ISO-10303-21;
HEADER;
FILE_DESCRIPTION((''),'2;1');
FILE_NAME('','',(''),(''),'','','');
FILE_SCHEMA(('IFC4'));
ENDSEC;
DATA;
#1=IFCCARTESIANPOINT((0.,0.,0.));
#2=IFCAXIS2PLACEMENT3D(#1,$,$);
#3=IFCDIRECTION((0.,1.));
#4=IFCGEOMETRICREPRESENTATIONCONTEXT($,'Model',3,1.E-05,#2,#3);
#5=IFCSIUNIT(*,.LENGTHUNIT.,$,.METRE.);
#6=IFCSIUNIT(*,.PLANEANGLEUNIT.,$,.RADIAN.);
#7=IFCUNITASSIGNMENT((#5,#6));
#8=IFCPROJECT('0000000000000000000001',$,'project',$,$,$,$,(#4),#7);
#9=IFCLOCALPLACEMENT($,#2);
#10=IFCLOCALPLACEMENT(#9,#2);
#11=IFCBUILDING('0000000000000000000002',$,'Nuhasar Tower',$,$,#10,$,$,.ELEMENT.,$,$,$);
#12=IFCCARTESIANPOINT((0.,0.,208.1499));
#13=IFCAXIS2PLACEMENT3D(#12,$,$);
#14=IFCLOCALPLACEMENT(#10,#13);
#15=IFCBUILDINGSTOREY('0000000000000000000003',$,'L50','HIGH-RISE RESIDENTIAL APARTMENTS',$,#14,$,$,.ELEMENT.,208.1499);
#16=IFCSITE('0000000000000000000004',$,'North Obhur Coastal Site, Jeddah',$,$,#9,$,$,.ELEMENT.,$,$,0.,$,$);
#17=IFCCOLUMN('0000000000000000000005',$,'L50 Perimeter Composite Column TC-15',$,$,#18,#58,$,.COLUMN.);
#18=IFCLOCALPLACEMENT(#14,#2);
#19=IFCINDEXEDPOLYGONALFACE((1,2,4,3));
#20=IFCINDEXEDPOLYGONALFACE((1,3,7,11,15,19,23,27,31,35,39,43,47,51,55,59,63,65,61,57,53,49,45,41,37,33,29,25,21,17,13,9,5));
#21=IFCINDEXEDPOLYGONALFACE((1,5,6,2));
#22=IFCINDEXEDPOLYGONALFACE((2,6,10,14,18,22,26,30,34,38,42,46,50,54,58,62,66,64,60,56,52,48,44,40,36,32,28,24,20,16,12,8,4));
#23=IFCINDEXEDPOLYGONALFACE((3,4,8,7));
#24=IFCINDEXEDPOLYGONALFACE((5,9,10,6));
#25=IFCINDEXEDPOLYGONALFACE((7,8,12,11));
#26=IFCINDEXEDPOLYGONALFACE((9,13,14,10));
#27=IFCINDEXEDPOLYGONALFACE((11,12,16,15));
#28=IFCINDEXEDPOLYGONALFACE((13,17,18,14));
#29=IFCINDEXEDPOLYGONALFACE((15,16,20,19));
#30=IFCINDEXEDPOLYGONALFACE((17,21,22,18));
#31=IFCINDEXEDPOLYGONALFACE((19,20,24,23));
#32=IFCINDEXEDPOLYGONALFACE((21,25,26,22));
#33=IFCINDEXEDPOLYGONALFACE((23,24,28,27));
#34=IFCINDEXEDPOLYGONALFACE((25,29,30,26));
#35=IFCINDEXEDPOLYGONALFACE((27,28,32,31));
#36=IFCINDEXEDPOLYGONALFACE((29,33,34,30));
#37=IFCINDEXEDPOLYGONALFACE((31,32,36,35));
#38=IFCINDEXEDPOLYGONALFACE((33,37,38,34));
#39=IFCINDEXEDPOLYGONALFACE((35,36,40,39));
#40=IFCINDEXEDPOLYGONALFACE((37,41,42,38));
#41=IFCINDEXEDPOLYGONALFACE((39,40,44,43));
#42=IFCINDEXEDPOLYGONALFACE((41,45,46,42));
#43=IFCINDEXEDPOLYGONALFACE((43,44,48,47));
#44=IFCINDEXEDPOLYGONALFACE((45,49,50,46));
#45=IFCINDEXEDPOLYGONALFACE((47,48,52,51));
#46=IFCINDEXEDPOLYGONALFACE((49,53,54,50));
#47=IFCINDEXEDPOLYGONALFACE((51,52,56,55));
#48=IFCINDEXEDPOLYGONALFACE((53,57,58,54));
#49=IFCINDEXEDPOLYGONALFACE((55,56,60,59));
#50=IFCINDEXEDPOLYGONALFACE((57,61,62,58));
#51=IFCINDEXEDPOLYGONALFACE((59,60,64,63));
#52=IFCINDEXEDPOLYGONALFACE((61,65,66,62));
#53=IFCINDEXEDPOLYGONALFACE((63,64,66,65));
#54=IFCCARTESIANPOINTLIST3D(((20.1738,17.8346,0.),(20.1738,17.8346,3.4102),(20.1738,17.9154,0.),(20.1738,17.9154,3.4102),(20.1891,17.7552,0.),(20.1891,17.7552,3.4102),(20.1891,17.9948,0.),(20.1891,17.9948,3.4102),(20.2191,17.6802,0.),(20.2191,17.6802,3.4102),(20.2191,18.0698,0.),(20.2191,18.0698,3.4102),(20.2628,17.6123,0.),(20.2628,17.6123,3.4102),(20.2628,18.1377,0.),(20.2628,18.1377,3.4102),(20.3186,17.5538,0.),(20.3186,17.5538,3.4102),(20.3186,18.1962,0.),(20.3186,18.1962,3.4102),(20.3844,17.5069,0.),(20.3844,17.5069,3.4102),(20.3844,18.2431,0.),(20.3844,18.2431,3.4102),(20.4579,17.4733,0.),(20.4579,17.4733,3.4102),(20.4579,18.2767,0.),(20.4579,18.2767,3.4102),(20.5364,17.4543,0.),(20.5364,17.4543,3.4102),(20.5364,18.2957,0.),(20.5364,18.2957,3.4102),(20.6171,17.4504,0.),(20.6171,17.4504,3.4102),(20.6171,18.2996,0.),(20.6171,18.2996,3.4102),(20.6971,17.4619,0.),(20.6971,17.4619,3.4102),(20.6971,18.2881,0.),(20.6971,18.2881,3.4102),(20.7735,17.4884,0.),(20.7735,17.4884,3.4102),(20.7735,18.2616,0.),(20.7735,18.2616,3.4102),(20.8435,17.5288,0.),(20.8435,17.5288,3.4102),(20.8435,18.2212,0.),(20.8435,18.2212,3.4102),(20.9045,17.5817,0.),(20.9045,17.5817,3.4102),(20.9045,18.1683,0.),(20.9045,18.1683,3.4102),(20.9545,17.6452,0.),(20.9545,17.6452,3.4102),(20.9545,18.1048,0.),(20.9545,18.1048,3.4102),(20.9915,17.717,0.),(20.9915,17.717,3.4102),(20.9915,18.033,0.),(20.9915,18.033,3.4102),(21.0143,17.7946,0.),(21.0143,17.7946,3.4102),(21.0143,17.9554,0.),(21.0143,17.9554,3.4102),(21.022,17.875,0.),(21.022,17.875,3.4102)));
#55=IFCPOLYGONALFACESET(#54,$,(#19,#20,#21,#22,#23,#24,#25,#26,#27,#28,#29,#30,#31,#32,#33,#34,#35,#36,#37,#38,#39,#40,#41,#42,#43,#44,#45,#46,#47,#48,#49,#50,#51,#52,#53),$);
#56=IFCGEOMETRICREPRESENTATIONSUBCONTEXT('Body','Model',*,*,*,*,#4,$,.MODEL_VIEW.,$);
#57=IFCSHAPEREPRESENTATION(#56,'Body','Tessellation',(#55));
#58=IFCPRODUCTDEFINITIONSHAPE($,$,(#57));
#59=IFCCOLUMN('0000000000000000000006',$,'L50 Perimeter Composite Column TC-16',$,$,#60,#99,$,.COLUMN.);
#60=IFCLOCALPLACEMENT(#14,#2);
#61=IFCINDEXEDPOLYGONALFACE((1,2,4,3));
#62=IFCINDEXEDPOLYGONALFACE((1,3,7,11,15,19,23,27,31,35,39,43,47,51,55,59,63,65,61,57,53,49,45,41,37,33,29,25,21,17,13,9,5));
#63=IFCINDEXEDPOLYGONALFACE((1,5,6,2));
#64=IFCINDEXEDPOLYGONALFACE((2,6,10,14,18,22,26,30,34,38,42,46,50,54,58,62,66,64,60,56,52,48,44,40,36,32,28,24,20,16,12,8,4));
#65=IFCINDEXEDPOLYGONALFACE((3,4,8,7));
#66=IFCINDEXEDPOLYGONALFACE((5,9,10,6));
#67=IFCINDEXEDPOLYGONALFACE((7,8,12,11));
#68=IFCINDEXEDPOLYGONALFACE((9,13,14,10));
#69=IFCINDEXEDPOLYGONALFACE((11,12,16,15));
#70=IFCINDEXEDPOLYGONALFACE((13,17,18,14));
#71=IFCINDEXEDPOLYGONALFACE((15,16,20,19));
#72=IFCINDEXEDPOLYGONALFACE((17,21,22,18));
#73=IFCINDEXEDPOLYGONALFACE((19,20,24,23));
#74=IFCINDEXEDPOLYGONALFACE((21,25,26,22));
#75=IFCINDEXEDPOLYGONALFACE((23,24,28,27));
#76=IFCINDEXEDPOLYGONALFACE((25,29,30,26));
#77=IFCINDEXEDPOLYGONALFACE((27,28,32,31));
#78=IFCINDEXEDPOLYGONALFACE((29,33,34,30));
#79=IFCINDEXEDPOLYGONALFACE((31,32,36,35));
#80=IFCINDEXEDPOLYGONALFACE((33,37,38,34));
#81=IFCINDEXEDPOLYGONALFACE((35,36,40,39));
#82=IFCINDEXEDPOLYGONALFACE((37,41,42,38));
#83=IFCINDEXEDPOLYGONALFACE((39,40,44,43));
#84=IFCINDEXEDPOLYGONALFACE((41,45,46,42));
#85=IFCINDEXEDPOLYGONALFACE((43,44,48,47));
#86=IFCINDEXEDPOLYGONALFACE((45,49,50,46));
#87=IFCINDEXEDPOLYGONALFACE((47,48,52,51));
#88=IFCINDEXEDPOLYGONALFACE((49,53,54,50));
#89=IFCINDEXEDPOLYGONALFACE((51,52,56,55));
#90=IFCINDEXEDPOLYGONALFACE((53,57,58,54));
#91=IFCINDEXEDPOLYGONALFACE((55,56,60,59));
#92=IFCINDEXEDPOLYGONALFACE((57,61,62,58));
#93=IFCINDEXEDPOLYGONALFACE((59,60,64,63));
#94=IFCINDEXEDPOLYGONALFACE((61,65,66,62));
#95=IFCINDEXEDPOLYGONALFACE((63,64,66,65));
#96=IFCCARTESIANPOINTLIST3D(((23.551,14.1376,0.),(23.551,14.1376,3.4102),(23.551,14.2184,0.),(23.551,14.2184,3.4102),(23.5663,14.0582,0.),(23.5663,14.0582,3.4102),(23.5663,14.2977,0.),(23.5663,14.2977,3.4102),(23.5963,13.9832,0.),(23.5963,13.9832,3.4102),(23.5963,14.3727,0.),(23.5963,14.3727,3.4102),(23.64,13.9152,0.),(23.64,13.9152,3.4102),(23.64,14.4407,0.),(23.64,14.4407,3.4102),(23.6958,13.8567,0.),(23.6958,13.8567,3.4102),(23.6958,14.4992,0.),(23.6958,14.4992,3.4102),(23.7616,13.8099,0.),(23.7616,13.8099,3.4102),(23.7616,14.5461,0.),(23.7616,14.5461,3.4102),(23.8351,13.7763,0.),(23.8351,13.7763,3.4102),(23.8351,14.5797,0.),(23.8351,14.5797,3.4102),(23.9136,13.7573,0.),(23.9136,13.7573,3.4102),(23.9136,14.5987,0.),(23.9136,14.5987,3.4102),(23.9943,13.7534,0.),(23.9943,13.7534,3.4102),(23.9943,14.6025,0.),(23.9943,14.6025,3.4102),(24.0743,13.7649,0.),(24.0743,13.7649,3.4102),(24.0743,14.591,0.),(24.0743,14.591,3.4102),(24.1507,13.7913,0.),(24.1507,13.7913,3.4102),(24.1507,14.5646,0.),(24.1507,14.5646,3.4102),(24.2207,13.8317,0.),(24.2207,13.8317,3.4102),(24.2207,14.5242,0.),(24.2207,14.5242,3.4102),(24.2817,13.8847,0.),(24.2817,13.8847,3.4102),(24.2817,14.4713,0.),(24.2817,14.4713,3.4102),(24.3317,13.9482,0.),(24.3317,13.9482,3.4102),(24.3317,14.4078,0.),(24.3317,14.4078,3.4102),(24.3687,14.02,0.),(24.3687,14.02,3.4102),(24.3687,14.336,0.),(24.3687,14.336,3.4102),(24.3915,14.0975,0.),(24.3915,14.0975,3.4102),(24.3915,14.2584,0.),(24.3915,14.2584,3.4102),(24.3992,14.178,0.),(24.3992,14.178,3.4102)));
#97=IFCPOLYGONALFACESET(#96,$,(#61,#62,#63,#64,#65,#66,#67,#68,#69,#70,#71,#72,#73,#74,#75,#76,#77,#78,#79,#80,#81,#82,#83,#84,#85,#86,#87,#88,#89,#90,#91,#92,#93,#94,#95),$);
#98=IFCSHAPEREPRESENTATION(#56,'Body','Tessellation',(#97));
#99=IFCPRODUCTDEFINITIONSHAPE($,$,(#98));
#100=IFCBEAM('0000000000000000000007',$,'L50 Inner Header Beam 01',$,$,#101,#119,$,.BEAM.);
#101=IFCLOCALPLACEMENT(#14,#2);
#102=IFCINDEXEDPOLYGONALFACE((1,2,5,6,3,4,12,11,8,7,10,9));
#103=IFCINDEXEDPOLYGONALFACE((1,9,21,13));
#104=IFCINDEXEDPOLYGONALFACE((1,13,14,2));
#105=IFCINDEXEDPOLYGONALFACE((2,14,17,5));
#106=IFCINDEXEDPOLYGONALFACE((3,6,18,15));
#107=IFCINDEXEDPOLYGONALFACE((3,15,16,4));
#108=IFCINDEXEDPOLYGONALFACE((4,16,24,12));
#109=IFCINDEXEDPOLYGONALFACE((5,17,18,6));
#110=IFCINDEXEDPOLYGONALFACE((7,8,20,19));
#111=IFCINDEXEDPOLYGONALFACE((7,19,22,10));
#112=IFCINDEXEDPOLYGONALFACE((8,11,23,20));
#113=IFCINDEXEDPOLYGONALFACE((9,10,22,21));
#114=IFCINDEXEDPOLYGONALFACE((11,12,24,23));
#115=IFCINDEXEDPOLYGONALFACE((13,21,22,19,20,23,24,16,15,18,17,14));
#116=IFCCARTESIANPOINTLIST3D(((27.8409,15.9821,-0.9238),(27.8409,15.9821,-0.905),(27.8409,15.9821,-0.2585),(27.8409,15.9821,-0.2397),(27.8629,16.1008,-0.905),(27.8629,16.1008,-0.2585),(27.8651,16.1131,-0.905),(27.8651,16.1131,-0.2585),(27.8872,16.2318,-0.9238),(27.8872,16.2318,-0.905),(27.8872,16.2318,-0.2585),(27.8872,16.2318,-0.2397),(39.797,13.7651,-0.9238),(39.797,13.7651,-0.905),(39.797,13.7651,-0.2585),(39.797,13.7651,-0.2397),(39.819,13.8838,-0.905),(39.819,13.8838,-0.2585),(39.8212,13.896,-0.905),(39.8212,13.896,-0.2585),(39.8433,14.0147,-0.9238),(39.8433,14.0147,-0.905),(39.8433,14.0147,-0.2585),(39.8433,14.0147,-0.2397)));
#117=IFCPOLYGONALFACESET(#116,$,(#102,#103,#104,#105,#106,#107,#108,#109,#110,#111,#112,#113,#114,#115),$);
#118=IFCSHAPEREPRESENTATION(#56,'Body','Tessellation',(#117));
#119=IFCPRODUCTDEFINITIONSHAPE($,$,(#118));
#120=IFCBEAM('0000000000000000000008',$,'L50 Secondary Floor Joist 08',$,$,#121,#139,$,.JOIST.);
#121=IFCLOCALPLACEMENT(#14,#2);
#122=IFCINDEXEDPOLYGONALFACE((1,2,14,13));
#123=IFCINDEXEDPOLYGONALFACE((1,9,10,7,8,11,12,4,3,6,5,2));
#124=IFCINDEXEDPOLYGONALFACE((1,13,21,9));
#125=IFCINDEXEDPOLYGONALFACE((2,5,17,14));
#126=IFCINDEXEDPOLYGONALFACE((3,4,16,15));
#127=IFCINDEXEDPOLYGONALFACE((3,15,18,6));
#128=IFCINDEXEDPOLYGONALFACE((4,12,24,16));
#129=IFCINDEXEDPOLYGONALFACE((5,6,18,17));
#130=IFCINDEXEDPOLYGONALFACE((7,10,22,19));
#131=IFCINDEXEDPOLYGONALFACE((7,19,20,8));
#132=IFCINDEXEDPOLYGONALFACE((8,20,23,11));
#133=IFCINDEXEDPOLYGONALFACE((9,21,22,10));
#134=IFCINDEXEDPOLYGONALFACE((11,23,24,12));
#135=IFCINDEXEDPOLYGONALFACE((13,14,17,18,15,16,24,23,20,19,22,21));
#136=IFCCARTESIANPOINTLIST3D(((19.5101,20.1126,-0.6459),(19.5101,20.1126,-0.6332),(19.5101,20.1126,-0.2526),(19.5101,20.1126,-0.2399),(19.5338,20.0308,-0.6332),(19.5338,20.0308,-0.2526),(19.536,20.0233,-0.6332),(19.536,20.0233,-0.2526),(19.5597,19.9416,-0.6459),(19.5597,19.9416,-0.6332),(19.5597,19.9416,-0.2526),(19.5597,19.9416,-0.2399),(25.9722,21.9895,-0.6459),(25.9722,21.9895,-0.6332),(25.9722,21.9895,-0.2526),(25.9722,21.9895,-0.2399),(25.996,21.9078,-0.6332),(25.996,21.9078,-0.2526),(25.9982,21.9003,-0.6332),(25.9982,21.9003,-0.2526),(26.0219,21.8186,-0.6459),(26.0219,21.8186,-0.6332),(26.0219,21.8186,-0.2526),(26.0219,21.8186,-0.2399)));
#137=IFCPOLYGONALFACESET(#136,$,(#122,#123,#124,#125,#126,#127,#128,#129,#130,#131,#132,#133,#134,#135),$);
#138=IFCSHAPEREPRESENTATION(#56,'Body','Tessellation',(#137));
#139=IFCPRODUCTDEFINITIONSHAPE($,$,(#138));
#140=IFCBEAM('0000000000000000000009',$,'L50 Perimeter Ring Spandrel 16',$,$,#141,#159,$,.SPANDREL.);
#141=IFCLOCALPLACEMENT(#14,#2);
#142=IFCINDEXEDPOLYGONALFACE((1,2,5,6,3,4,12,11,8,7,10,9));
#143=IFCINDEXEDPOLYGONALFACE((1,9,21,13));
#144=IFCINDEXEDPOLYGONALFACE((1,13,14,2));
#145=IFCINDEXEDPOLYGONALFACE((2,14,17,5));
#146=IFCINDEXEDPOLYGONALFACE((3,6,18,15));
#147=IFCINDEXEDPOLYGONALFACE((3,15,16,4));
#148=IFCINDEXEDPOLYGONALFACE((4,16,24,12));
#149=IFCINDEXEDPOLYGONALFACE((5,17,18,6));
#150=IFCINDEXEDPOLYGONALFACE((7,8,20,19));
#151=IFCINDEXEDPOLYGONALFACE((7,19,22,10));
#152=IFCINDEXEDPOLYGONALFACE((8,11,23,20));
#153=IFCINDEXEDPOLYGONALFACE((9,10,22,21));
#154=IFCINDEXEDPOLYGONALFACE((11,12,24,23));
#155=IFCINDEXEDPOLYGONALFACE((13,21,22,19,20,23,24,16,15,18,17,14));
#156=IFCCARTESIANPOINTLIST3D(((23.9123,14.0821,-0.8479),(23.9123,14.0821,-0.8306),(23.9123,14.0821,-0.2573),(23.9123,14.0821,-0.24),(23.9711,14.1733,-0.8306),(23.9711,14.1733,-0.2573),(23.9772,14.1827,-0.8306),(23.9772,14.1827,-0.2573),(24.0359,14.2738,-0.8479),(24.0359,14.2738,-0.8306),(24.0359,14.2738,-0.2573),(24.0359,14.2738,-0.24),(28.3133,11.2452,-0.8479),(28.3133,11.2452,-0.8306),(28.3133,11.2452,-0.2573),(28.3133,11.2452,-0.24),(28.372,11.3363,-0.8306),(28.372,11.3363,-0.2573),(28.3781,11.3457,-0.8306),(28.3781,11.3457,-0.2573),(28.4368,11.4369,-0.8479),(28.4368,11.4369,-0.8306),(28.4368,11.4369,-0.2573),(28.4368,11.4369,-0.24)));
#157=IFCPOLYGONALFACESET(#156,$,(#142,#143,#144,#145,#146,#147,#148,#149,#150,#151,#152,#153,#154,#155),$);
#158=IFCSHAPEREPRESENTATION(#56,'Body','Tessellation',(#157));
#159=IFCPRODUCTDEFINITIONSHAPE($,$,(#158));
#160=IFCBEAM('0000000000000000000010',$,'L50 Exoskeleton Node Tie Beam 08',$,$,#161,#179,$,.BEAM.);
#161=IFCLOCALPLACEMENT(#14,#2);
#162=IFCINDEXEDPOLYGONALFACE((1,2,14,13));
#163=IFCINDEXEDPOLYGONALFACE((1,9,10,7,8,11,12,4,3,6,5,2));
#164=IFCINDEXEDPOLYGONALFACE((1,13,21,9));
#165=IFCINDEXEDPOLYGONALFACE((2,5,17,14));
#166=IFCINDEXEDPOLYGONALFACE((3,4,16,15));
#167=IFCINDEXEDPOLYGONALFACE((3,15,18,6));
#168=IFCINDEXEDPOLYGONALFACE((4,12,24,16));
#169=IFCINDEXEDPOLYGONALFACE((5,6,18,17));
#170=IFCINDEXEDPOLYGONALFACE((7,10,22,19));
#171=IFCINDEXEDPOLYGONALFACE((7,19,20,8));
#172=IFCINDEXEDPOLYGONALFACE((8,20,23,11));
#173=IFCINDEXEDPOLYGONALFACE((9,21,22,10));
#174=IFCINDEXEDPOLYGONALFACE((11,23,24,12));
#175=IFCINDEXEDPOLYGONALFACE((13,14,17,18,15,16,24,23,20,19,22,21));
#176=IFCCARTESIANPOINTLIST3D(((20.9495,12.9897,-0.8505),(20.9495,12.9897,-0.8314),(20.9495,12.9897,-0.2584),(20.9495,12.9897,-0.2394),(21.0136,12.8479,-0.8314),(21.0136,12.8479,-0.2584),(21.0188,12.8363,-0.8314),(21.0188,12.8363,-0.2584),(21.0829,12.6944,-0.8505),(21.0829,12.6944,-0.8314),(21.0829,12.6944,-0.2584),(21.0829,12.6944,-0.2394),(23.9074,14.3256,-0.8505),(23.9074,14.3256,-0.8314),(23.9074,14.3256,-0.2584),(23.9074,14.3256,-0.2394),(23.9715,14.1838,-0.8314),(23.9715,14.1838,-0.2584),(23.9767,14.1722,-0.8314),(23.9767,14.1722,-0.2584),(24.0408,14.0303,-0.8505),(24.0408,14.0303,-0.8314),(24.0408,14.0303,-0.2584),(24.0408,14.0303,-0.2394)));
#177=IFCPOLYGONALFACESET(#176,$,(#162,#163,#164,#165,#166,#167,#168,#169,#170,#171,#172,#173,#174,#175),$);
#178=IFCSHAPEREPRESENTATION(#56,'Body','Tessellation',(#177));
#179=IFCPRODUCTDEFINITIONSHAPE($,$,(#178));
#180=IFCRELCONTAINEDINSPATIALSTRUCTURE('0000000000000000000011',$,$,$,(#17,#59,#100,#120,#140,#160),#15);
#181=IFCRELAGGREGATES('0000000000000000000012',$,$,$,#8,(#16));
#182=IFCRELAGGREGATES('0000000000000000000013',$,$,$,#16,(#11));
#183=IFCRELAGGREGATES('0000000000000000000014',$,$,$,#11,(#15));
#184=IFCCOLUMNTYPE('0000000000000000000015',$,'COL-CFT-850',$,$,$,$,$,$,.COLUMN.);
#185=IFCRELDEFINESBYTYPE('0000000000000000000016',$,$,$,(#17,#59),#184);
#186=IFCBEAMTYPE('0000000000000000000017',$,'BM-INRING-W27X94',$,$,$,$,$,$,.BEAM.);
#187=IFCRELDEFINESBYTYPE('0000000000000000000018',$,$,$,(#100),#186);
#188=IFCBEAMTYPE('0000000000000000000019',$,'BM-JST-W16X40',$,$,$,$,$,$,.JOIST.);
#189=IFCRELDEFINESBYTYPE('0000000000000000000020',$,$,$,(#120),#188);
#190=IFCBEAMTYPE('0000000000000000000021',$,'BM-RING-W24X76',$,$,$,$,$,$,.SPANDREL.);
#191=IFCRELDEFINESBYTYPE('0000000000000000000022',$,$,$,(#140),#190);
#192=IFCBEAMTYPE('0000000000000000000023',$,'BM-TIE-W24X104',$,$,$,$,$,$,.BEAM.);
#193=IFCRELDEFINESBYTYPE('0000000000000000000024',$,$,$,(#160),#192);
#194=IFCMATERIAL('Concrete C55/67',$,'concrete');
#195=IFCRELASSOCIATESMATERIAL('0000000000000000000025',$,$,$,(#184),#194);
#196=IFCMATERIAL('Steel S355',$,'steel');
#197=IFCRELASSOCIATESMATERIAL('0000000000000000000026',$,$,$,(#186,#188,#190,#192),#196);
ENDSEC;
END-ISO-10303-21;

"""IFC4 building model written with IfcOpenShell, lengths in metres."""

from ifc_helpers import new_model, si_unit, direction, frame, origin, origin_2d, place, context, subcontext, project, spatial, circle, i_section, extrude, material, material_profile, profile_set, type_object, element, save


model = new_model("IFC4")

# Units and contexts
model_context = context("Model", 3, precision=1e-05, world=origin(), true_north=direction((0.0, 1.0)))
body_context = subcontext(model_context, "Body", "Model", "MODEL_VIEW")
ifc_project = project(units=[si_unit("LENGTHUNIT", "METRE"), si_unit("PLANEANGLEUNIT", "RADIAN")], contexts=[model_context])

# Site, building, storey
site_placement = place(None, origin())
site = spatial("IfcSite", under=ifc_project, at=site_placement, Name="North Obhur Coastal Site, Jeddah", CompositionType="ELEMENT", RefElevation=0.0)
building_placement = place(site_placement, origin())
building = spatial("IfcBuilding", under=site, at=building_placement, Name="Nuhasar Tower", CompositionType="ELEMENT")
storey_placement = place(building_placement, frame((0.0, 0.0, 208.1499)))
storey = spatial("IfcBuildingStorey", under=building, at=storey_placement, Name="L50", Description="HIGH-RISE RESIDENTIAL APARTMENTS", CompositionType="ELEMENT", Elevation=208.1499)

# Columns
ifc_material_1 = material(Name="Concrete C55/67", Category="concrete")
ifc_material_profile_1 = material_profile(ifc_material_1, circle(Radius=0.425, at=origin_2d()), Name="CFT850")
ifc_profile_set_1 = profile_set([ifc_material_profile_1], Name="Concrete C55/67")
column_type = type_object("IfcColumnType", Name="COL-CFT-850", PredefinedType="COLUMN", material=ifc_profile_set_1)
for number, where, z_axis, x_axis, name in (
    (1, (20.5969, 17.875, 0.0), (0.0, 0.0, 1.0), (1.0, 0.0, 0.0), "L50 Perimeter Composite Column TC-15"),
    (2, (23.9741, 14.178, 0.0), (0.0, 0.0, 1.0), (1.0, 0.0, 0.0), "L50 Perimeter Composite Column TC-16"),
):
    element("IfcColumn", number, at=place(storey_placement, frame(where, z_axis=z_axis, x_axis=x_axis)), inside=storey, type_object=column_type, Name=name, PredefinedType="COLUMN", context=body_context, shape_type="SweptSolid", body=[
        extrude(circle(Radius=0.425, at=origin_2d()), origin(), (0.0, 0.0, 1.0), 3.4102),
    ])

# Beams
ifc_material_2 = material(Name="Steel S355", Category="steel")
ifc_material_profile_2 = material_profile(ifc_material_2, i_section(OverallWidth=0.2539, OverallDepth=0.6841, WebThickness=0.0125, FlangeThickness=0.0188, at=origin_2d()), Name="W27X94")
ifc_profile_set_2 = profile_set([ifc_material_profile_2], Name="Steel S355")
beam_type_1 = type_object("IfcBeamType", Name="BM-INRING-W27X94", PredefinedType="BEAM", material=ifc_profile_set_2)
beam_1_placement = place(storey_placement, frame((27.864, 16.1069, -0.5818), z_axis=(0.983238, -0.182324, 0.0), x_axis=(0.182324, 0.983238, 0.0)))
element("IfcBeam", 3, at=beam_1_placement, inside=storey, type_object=beam_type_1, Name="L50 Inner Header Beam 01", PredefinedType="BEAM", context=body_context, shape_type="SweptSolid", body=[
    extrude(i_section(OverallWidth=0.2539, OverallDepth=0.6841, WebThickness=0.0125, FlangeThickness=0.0188, at=origin_2d()), origin(), (0.0, 0.0, 1.0), 12.1599),
])
ifc_material_profile_3 = material_profile(ifc_material_2, i_section(OverallWidth=0.178, OverallDepth=0.406, WebThickness=0.0078, FlangeThickness=0.0127, at=origin_2d()), Name="W16X40")
ifc_profile_set_3 = profile_set([ifc_material_profile_3], Name="Steel S355")
beam_type_2 = type_object("IfcBeamType", Name="BM-JST-W16X40", PredefinedType="JOIST", material=ifc_profile_set_3)
beam_2_placement = place(storey_placement, frame((25.9971, 21.9041, -0.4429), z_axis=(-0.960313, -0.278926, 0.0), x_axis=(0.278926, -0.960313, 0.0)))
element("IfcBeam", 4, at=beam_2_placement, inside=storey, type_object=beam_type_2, Name="L50 Secondary Floor Joist 08", PredefinedType="JOIST", context=body_context, shape_type="SweptSolid", body=[
    extrude(i_section(OverallWidth=0.178, OverallDepth=0.406, WebThickness=0.0078, FlangeThickness=0.0127, at=origin_2d()), origin(), (0.0, 0.0, 1.0), 6.7292),
])
ifc_material_profile_4 = material_profile(ifc_material_2, i_section(OverallWidth=0.228, OverallDepth=0.6079, WebThickness=0.0112, FlangeThickness=0.0173, at=origin_2d()), Name="W24X76")
ifc_profile_set_4 = profile_set([ifc_material_profile_4], Name="Steel S355")
beam_type_3 = type_object("IfcBeamType", Name="BM-RING-W24X76", PredefinedType="SPANDREL", material=ifc_profile_set_4)
beam_3_placement = place(storey_placement, frame((23.9741, 14.178, -0.5439), z_axis=(0.840502, -0.541808, 0.0), x_axis=(0.541808, 0.840502, 0.0)))
element("IfcBeam", 5, at=beam_3_placement, inside=storey, type_object=beam_type_3, Name="L50 Perimeter Ring Spandrel 16", PredefinedType="SPANDREL", context=body_context, shape_type="SweptSolid", body=[
    extrude(i_section(OverallWidth=0.228, OverallDepth=0.6079, WebThickness=0.0112, FlangeThickness=0.0173, at=origin_2d()), origin(), (0.0, 0.0, 1.0), 5.2361),
])
ifc_material_profile_5 = material_profile(ifc_material_2, i_section(OverallWidth=0.324, OverallDepth=0.6111, WebThickness=0.0127, FlangeThickness=0.019, at=origin_2d()), Name="W24X104")
ifc_profile_set_5 = profile_set([ifc_material_profile_5], Name="Steel S355")
beam_type_4 = type_object("IfcBeamType", Name="BM-TIE-W24X104", PredefinedType="BEAM", material=ifc_profile_set_5)
beam_4_placement = place(storey_placement, frame((23.9741, 14.178, -0.5449), z_axis=(-0.911363, -0.411603, 0.0), x_axis=(0.411603, -0.911363, 0.0)))
element("IfcBeam", 6, at=beam_4_placement, inside=storey, type_object=beam_type_4, Name="L50 Exoskeleton Node Tie Beam 08", PredefinedType="BEAM", context=body_context, shape_type="SweptSolid", body=[
    extrude(i_section(OverallWidth=0.324, OverallDepth=0.6111, WebThickness=0.0127, FlangeThickness=0.019, at=origin_2d()), origin(), (0.0, 0.0, 1.0), 3.2456),
])

save(model, "model.ifc")
